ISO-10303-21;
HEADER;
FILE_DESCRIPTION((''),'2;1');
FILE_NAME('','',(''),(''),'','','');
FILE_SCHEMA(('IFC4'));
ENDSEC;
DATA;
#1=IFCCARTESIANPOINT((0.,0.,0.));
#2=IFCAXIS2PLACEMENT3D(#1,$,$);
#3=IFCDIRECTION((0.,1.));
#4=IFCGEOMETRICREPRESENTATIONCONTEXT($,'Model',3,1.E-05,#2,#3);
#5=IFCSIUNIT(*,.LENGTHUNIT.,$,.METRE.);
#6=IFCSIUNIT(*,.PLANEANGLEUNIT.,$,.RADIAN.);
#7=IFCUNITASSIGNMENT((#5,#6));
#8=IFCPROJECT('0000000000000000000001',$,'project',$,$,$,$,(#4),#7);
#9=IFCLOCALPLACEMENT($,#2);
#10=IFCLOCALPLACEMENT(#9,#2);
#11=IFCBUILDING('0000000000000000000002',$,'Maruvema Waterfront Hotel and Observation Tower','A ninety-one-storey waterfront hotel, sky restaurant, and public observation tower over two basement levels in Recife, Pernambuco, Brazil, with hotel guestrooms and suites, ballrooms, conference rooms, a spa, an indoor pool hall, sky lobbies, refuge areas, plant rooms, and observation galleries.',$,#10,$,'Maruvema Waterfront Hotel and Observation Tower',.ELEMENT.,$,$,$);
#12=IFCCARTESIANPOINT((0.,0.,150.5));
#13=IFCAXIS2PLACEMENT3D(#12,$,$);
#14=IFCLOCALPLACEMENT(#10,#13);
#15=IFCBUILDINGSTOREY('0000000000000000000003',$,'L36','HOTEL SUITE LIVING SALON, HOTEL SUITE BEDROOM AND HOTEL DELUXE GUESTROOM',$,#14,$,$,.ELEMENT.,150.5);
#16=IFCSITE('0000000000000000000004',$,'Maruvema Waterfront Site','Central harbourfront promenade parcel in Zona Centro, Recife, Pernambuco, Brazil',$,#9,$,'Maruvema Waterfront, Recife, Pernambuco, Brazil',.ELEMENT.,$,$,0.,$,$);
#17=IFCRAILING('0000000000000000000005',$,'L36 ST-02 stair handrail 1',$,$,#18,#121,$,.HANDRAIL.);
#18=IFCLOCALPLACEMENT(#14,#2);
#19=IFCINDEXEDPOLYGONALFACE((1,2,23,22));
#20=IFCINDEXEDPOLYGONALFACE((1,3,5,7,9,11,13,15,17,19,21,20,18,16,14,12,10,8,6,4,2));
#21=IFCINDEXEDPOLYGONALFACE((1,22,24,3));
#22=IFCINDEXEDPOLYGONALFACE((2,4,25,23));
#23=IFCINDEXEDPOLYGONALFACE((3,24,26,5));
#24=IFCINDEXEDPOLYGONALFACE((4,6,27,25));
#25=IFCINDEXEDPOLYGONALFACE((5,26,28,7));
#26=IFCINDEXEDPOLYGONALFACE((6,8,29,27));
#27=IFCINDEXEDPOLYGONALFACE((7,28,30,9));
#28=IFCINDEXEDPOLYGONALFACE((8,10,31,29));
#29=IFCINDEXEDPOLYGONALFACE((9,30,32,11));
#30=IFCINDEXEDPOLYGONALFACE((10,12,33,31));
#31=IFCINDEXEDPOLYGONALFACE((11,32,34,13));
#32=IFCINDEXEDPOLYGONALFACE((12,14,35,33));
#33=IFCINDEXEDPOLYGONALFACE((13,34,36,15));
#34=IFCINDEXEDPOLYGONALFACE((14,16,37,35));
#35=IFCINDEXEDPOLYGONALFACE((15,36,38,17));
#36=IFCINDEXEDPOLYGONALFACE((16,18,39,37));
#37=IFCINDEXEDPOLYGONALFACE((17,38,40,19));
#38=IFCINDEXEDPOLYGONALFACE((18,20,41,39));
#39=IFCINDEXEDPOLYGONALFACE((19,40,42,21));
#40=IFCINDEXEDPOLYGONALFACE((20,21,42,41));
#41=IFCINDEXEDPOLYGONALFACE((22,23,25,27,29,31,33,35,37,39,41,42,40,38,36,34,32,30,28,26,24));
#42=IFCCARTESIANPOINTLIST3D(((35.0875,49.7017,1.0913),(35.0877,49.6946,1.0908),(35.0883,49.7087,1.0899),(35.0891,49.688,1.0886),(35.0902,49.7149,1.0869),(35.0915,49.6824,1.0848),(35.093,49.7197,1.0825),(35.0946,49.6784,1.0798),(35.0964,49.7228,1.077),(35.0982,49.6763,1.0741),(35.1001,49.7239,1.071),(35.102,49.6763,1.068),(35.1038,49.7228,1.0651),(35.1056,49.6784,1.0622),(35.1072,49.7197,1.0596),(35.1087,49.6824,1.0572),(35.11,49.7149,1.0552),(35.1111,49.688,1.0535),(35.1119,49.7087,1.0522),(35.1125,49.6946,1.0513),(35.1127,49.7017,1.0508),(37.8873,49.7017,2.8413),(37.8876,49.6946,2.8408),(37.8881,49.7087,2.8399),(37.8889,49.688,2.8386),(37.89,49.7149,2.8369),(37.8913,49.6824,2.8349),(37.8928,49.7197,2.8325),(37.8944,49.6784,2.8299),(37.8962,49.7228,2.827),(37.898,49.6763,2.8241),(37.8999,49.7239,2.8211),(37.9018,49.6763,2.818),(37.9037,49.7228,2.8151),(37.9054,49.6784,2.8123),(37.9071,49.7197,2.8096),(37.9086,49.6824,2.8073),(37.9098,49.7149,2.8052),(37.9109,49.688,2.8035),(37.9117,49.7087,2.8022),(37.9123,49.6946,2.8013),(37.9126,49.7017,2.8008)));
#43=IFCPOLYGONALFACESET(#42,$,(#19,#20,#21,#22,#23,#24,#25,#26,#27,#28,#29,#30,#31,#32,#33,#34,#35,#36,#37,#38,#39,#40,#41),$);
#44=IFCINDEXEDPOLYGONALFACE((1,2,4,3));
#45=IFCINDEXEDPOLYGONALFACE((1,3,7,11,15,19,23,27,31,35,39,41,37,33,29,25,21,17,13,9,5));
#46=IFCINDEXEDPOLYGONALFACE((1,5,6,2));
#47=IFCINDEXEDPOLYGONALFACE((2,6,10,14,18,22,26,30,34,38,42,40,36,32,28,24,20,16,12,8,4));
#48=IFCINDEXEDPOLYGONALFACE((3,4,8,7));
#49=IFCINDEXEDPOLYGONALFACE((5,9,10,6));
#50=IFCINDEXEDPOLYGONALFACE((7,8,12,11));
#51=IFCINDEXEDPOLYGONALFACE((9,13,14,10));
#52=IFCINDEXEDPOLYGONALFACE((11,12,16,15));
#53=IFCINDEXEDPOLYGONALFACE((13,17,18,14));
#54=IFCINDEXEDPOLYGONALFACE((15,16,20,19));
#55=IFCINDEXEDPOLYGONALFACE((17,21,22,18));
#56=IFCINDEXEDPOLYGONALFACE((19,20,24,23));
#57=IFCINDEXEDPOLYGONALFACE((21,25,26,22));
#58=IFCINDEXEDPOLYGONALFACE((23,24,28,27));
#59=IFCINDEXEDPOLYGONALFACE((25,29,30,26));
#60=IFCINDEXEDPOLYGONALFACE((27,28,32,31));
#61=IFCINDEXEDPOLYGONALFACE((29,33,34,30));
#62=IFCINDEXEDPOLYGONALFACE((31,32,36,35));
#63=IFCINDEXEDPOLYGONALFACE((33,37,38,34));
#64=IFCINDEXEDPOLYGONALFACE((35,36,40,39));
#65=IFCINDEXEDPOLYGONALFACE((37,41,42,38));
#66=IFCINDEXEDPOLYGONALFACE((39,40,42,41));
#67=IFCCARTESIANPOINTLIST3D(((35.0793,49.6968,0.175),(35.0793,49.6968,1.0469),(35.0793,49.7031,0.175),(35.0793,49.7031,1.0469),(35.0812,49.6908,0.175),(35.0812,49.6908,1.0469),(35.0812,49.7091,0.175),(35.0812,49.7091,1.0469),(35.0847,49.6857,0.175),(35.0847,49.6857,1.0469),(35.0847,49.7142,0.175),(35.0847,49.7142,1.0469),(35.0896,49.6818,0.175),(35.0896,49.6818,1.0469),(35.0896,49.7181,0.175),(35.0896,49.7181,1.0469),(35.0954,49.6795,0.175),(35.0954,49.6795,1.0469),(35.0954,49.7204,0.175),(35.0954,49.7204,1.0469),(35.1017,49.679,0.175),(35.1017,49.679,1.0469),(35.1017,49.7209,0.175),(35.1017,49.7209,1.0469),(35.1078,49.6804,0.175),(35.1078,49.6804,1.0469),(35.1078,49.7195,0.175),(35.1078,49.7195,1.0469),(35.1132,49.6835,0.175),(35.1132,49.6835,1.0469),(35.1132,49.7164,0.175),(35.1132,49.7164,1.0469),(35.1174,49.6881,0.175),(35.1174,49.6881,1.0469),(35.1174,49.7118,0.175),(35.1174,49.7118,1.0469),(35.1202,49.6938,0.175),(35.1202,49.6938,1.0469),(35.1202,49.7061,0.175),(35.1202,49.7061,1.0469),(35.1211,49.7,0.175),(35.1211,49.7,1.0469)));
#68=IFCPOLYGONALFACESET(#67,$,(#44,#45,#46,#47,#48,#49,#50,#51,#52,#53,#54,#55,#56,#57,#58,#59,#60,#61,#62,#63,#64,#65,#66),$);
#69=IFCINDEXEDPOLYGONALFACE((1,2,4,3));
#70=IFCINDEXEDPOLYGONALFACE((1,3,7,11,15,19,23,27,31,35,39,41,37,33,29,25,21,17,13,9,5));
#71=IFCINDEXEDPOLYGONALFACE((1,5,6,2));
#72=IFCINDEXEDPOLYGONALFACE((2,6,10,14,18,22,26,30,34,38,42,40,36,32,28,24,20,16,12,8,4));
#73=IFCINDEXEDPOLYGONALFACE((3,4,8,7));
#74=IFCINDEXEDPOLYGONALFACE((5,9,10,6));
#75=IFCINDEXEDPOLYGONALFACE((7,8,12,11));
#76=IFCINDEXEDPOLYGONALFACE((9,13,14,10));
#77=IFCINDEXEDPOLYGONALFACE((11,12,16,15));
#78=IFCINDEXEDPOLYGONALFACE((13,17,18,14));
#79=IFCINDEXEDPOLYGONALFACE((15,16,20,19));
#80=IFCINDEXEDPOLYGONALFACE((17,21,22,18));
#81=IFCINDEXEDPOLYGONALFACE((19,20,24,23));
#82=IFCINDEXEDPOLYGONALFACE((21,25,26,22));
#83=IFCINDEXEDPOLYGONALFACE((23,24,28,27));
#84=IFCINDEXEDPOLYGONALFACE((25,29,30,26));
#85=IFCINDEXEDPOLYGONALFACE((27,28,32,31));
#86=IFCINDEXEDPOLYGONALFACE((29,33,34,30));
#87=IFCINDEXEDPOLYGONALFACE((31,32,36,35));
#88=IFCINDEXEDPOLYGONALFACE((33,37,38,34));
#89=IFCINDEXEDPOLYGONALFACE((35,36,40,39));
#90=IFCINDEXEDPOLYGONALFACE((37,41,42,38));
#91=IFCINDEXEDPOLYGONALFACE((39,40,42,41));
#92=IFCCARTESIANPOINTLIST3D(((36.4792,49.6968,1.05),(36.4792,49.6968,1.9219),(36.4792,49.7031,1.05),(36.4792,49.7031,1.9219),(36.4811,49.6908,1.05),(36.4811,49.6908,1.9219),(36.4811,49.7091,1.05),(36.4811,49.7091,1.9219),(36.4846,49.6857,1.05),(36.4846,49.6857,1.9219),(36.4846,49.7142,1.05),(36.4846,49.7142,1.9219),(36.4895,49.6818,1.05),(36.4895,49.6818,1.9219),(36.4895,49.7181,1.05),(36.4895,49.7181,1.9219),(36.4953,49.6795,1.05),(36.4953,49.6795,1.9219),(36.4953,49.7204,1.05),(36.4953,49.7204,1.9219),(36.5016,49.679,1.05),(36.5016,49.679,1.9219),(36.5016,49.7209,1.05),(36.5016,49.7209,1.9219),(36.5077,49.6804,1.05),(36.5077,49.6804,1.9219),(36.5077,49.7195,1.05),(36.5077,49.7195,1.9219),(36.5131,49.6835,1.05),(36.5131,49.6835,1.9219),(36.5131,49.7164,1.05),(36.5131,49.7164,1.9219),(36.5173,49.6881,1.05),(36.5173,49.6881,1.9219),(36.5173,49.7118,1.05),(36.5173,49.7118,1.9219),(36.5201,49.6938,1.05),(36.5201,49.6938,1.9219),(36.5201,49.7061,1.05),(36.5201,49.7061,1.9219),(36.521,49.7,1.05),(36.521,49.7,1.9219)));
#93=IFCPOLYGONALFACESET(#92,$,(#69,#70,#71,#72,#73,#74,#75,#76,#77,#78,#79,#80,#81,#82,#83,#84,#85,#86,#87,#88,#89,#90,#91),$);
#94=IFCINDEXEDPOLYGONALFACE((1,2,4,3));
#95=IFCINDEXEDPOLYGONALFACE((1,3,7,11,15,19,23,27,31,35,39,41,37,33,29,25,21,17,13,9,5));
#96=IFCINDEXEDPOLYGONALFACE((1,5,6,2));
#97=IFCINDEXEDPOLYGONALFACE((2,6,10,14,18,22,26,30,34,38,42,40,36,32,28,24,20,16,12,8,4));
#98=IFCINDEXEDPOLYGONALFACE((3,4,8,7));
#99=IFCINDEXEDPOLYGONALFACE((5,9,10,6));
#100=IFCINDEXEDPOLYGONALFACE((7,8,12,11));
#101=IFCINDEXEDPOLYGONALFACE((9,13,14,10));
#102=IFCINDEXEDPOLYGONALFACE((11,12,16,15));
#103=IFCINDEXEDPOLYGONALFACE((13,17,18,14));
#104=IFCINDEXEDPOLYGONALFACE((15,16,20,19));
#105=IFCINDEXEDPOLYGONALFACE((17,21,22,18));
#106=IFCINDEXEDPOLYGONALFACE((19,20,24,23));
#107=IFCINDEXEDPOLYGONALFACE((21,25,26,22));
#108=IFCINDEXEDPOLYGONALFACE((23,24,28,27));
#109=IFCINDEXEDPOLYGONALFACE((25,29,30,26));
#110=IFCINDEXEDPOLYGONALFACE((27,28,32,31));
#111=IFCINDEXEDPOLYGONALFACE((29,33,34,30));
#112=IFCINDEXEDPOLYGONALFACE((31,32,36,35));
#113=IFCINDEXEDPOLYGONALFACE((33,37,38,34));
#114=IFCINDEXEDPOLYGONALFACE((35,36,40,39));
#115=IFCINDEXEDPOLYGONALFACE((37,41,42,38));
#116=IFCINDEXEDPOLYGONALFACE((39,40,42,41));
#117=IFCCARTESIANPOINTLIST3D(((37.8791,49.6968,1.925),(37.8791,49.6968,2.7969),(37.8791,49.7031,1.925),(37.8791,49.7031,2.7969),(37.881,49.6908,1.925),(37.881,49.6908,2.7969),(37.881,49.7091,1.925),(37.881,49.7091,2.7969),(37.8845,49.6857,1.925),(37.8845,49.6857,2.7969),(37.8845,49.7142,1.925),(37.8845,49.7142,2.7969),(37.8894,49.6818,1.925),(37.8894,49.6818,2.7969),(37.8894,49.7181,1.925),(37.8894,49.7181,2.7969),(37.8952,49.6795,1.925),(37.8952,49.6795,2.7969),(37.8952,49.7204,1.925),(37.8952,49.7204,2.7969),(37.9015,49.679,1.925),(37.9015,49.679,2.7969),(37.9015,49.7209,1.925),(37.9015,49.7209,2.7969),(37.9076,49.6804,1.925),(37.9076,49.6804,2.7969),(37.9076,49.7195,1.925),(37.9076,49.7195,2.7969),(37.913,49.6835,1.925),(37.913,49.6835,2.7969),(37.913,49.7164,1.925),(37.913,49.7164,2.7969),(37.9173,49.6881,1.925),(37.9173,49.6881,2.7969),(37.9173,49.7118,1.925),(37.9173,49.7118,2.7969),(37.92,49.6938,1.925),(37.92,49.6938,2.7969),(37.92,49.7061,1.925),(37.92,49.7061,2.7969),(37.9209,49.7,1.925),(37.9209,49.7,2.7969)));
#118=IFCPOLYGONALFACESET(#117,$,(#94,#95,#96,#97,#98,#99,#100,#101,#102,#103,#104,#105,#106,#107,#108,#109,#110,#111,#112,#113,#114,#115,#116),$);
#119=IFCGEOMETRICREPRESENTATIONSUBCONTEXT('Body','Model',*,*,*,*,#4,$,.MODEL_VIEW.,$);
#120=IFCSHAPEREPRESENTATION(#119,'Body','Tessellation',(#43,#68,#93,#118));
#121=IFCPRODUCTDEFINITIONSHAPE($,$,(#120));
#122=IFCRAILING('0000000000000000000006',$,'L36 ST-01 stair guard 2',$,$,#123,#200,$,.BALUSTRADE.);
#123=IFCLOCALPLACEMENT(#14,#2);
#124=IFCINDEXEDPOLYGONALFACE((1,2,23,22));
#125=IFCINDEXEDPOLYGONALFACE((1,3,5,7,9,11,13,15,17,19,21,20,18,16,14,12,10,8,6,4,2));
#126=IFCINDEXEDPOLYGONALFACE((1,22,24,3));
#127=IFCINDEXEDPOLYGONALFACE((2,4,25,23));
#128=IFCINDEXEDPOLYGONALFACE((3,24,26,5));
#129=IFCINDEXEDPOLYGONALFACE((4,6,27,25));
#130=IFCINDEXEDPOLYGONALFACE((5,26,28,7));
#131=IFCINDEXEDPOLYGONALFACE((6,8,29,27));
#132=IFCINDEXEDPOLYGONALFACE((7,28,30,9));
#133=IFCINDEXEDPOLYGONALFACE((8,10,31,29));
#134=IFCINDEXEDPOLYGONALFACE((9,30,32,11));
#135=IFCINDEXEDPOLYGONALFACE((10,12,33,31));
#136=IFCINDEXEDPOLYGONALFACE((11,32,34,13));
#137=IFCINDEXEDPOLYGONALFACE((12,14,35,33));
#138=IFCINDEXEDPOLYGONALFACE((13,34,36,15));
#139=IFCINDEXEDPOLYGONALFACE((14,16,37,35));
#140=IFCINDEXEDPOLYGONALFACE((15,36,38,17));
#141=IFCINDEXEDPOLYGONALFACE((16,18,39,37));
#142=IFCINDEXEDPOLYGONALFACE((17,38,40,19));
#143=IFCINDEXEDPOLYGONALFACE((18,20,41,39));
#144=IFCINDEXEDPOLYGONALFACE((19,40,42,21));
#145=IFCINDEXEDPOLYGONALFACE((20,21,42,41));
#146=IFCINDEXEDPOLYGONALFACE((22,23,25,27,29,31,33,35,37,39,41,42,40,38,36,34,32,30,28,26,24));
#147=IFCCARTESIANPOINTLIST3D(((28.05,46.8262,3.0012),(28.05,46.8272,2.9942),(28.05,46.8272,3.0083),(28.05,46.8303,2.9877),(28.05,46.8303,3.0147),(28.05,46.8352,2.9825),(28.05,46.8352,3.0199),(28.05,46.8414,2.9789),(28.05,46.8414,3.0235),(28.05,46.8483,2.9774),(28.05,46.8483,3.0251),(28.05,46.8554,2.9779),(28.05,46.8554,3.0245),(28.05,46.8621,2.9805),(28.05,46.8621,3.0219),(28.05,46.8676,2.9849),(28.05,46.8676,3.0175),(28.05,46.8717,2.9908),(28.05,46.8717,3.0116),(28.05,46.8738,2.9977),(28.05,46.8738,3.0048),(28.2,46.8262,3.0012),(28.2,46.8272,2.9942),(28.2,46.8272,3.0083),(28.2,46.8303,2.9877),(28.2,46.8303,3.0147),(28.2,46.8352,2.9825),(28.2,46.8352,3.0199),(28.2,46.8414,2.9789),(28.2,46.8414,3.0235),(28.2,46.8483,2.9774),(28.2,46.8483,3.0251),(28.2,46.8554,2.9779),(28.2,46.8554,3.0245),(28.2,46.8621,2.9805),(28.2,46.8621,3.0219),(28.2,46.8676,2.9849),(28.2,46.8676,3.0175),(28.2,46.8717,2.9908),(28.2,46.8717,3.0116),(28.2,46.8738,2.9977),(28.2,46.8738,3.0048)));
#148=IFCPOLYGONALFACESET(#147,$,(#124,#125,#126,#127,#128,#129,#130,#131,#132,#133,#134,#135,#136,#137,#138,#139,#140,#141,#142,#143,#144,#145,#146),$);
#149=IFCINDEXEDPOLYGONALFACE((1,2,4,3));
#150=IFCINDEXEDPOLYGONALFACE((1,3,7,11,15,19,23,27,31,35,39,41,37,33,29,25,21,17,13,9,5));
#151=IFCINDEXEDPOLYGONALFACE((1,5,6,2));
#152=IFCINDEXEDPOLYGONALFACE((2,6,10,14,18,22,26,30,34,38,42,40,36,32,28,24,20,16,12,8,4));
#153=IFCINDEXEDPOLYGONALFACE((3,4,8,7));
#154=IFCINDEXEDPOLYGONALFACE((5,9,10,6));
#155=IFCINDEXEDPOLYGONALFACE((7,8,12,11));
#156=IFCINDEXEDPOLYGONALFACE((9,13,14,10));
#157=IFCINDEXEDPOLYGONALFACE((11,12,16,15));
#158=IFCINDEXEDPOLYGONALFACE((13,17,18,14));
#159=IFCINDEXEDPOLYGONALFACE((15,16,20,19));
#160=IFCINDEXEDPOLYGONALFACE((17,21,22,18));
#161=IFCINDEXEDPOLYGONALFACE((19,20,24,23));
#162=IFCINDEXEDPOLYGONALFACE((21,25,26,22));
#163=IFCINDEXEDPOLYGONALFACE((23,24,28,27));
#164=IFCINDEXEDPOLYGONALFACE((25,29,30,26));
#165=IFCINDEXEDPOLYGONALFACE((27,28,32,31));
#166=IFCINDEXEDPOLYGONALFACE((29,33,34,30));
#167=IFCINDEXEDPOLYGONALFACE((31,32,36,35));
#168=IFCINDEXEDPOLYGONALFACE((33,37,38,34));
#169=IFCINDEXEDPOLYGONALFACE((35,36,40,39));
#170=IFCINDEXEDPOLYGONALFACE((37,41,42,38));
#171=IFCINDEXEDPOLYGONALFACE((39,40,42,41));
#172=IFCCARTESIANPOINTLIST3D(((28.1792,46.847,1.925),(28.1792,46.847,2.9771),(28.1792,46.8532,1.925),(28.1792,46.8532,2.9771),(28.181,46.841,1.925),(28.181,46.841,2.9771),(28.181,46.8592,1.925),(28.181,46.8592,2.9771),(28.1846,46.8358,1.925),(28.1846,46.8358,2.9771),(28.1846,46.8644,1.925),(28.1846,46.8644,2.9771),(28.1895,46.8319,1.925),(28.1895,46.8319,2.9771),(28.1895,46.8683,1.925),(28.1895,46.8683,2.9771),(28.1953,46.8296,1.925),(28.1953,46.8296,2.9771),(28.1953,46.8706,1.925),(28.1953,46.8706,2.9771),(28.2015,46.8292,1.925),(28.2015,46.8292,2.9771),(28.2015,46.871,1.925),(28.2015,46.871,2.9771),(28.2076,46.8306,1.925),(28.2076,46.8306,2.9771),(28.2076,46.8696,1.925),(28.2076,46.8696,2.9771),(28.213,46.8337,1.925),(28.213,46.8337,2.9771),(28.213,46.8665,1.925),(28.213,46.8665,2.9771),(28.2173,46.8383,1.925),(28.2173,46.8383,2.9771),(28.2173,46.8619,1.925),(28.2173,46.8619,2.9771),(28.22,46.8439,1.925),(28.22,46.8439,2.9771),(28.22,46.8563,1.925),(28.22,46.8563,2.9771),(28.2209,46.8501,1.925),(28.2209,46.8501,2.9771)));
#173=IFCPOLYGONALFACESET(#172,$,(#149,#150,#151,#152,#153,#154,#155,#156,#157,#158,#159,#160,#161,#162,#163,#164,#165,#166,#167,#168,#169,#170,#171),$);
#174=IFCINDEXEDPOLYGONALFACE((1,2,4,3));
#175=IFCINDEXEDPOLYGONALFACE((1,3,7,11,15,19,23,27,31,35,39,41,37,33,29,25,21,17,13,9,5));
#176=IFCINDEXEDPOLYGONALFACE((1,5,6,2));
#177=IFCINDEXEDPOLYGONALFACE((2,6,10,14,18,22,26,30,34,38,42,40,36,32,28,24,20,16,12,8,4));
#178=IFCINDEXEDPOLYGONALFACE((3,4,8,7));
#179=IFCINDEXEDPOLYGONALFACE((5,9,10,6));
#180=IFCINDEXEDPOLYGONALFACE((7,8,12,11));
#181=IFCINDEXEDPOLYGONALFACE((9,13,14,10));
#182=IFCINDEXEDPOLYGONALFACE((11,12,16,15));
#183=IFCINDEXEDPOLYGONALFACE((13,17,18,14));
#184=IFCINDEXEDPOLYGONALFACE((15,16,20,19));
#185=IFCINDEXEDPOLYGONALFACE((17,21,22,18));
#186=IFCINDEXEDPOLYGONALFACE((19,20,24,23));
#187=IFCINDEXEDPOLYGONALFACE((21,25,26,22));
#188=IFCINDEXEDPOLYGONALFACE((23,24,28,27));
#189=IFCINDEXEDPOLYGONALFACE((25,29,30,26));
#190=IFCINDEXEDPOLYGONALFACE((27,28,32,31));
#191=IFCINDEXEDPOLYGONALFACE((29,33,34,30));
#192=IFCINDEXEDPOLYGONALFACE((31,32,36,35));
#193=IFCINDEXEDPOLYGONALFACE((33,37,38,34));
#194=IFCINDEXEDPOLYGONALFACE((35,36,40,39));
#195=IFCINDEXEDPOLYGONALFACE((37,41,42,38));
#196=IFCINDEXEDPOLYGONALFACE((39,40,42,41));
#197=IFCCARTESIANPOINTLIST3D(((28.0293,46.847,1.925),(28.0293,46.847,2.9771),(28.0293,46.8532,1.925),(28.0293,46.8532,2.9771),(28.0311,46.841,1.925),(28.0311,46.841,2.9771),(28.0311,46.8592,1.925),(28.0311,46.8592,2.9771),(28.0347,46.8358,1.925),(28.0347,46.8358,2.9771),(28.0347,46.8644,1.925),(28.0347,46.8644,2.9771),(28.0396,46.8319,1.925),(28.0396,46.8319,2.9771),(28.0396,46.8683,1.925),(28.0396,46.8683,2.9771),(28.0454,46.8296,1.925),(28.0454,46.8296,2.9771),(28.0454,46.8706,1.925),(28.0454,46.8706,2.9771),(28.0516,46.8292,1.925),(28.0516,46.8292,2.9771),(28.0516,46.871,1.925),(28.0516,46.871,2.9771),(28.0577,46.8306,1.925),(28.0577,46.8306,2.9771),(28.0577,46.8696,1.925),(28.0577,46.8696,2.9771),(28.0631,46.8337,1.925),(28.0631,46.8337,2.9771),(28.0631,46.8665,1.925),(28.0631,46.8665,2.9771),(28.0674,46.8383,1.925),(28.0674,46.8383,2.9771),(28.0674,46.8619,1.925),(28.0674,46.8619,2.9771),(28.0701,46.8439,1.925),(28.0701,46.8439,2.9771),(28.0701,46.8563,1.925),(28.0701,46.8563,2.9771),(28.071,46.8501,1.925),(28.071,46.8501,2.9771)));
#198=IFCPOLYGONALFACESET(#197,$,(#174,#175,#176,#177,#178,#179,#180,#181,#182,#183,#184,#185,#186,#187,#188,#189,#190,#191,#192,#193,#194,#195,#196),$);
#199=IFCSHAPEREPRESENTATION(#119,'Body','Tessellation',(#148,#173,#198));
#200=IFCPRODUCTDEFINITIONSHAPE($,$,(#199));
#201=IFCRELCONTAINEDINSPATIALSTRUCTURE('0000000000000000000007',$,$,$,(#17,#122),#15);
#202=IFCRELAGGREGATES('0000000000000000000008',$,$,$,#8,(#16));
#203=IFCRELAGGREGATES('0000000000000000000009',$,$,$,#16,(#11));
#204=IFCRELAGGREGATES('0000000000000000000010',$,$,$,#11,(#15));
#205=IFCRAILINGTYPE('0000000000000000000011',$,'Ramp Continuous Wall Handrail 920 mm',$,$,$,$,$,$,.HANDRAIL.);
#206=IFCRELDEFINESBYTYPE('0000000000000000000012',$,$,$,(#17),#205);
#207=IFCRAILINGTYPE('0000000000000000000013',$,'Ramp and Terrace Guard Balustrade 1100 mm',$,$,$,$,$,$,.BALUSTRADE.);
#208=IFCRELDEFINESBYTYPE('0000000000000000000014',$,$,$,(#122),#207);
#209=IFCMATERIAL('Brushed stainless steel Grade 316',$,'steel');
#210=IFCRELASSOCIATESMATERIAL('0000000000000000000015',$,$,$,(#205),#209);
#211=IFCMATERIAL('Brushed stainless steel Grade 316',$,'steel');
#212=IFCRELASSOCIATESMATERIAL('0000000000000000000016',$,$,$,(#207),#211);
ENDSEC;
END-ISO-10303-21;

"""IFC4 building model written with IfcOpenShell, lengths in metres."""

from ifc_helpers import new_model, si_unit, direction, frame, origin, origin_2d, place, context, subcontext, project, spatial, circle, extrude, material, type_object, element, save


model = new_model("IFC4")

# Units and contexts
model_context = context("Model", 3, precision=1e-05, world=origin(), true_north=direction((0.0, 1.0)))
body_context = subcontext(model_context, "Body", "Model", "MODEL_VIEW")
ifc_project = project(units=[si_unit("LENGTHUNIT", "METRE"), si_unit("PLANEANGLEUNIT", "RADIAN")], contexts=[model_context])

# Site, building, storey
site_placement = place(None, origin())
site = spatial("IfcSite", under=ifc_project, at=site_placement, Name="Maruvema Waterfront Site", Description="Central harbourfront promenade parcel in Zona Centro, Recife, Pernambuco, Brazil", LongName="Maruvema Waterfront, Recife, Pernambuco, Brazil", CompositionType="ELEMENT", RefElevation=0.0)
building_placement = place(site_placement, origin())
building = spatial("IfcBuilding", under=site, at=building_placement, Name="Maruvema Waterfront Hotel and Observation Tower", Description="A ninety-one-storey waterfront hotel, sky restaurant, and public observation tower over two basement levels in Recife, Pernambuco, Brazil, with hotel guestrooms and suites, ballrooms, conference rooms, a spa, an indoor pool hall, sky lobbies, refuge areas, plant rooms, and observation galleries.", LongName="Maruvema Waterfront Hotel and Observation Tower", CompositionType="ELEMENT")
storey_placement = place(building_placement, frame((0.0, 0.0, 150.5)))
storey = spatial("IfcBuildingStorey", under=building, at=storey_placement, Name="L36", Description="HOTEL SUITE LIVING SALON, HOTEL SUITE BEDROOM AND HOTEL DELUXE GUESTROOM", CompositionType="ELEMENT", Elevation=150.5)

# Railings
ifc_material_1 = material(Name="Brushed stainless steel Grade 316", Category="steel")
railing_type_1 = type_object("IfcRailingType", Name="Ramp Continuous Wall Handrail 920 mm", PredefinedType="HANDRAIL", material=ifc_material_1)
railing_1_placement = place(storey_placement, frame((35.1001, 49.7, 0.175)))
element("IfcRailing", 1, at=railing_1_placement, inside=storey, type_object=railing_type_1, Name="L36 ST-02 stair handrail 1", PredefinedType="HANDRAIL", context=body_context, shape_type="SweptSolid", body=[
    extrude(circle(Radius=0.0239, at=origin_2d()), frame((0.0, 0.0, 0.896), z_axis=(0.847982, 0.0, 0.530026), x_axis=(0.0, 1.0, 0.0)), (0.0, 0.0, 1.0), 3.3018),
    extrude(circle(Radius=0.021, at=origin_2d()), origin(), (0.0, 0.0, 1.0), 0.8718),
    extrude(circle(Radius=0.021, at=origin_2d()), frame((1.3999, 0.0, 0.875)), (0.0, 0.0, 1.0), 0.8718),
    extrude(circle(Radius=0.021, at=origin_2d()), frame((2.7998, 0.0, 1.75)), (0.0, 0.0, 1.0), 0.8718),
])
ifc_material_2 = material(Name="Brushed stainless steel Grade 316", Category="steel")
railing_type_2 = type_object("IfcRailingType", Name="Ramp and Terrace Guard Balustrade 1100 mm", PredefinedType="BALUSTRADE", material=ifc_material_2)
railing_2_placement = place(storey_placement, frame((28.2, 46.8501, 1.925)))
element("IfcRailing", 2, at=railing_2_placement, inside=storey, type_object=railing_type_2, Name="L36 ST-01 stair guard 2", PredefinedType="BALUSTRADE", context=body_context, shape_type="SweptSolid", body=[
    extrude(circle(Radius=0.0239, at=origin_2d()), frame((0.0, 0.0, 1.0762), z_axis=(-1.0, 0.0, 0.0), x_axis=(0.0, -1.0, 0.0)), (0.0, 0.0, 1.0), 0.1499),
    extrude(circle(Radius=0.021, at=origin_2d()), origin(), (0.0, 0.0, 1.0), 1.052),
    extrude(circle(Radius=0.021, at=origin_2d()), frame((-0.1499, 0.0, 0.0)), (0.0, 0.0, 1.0), 1.052),
])

save(model, "model.ifc")
